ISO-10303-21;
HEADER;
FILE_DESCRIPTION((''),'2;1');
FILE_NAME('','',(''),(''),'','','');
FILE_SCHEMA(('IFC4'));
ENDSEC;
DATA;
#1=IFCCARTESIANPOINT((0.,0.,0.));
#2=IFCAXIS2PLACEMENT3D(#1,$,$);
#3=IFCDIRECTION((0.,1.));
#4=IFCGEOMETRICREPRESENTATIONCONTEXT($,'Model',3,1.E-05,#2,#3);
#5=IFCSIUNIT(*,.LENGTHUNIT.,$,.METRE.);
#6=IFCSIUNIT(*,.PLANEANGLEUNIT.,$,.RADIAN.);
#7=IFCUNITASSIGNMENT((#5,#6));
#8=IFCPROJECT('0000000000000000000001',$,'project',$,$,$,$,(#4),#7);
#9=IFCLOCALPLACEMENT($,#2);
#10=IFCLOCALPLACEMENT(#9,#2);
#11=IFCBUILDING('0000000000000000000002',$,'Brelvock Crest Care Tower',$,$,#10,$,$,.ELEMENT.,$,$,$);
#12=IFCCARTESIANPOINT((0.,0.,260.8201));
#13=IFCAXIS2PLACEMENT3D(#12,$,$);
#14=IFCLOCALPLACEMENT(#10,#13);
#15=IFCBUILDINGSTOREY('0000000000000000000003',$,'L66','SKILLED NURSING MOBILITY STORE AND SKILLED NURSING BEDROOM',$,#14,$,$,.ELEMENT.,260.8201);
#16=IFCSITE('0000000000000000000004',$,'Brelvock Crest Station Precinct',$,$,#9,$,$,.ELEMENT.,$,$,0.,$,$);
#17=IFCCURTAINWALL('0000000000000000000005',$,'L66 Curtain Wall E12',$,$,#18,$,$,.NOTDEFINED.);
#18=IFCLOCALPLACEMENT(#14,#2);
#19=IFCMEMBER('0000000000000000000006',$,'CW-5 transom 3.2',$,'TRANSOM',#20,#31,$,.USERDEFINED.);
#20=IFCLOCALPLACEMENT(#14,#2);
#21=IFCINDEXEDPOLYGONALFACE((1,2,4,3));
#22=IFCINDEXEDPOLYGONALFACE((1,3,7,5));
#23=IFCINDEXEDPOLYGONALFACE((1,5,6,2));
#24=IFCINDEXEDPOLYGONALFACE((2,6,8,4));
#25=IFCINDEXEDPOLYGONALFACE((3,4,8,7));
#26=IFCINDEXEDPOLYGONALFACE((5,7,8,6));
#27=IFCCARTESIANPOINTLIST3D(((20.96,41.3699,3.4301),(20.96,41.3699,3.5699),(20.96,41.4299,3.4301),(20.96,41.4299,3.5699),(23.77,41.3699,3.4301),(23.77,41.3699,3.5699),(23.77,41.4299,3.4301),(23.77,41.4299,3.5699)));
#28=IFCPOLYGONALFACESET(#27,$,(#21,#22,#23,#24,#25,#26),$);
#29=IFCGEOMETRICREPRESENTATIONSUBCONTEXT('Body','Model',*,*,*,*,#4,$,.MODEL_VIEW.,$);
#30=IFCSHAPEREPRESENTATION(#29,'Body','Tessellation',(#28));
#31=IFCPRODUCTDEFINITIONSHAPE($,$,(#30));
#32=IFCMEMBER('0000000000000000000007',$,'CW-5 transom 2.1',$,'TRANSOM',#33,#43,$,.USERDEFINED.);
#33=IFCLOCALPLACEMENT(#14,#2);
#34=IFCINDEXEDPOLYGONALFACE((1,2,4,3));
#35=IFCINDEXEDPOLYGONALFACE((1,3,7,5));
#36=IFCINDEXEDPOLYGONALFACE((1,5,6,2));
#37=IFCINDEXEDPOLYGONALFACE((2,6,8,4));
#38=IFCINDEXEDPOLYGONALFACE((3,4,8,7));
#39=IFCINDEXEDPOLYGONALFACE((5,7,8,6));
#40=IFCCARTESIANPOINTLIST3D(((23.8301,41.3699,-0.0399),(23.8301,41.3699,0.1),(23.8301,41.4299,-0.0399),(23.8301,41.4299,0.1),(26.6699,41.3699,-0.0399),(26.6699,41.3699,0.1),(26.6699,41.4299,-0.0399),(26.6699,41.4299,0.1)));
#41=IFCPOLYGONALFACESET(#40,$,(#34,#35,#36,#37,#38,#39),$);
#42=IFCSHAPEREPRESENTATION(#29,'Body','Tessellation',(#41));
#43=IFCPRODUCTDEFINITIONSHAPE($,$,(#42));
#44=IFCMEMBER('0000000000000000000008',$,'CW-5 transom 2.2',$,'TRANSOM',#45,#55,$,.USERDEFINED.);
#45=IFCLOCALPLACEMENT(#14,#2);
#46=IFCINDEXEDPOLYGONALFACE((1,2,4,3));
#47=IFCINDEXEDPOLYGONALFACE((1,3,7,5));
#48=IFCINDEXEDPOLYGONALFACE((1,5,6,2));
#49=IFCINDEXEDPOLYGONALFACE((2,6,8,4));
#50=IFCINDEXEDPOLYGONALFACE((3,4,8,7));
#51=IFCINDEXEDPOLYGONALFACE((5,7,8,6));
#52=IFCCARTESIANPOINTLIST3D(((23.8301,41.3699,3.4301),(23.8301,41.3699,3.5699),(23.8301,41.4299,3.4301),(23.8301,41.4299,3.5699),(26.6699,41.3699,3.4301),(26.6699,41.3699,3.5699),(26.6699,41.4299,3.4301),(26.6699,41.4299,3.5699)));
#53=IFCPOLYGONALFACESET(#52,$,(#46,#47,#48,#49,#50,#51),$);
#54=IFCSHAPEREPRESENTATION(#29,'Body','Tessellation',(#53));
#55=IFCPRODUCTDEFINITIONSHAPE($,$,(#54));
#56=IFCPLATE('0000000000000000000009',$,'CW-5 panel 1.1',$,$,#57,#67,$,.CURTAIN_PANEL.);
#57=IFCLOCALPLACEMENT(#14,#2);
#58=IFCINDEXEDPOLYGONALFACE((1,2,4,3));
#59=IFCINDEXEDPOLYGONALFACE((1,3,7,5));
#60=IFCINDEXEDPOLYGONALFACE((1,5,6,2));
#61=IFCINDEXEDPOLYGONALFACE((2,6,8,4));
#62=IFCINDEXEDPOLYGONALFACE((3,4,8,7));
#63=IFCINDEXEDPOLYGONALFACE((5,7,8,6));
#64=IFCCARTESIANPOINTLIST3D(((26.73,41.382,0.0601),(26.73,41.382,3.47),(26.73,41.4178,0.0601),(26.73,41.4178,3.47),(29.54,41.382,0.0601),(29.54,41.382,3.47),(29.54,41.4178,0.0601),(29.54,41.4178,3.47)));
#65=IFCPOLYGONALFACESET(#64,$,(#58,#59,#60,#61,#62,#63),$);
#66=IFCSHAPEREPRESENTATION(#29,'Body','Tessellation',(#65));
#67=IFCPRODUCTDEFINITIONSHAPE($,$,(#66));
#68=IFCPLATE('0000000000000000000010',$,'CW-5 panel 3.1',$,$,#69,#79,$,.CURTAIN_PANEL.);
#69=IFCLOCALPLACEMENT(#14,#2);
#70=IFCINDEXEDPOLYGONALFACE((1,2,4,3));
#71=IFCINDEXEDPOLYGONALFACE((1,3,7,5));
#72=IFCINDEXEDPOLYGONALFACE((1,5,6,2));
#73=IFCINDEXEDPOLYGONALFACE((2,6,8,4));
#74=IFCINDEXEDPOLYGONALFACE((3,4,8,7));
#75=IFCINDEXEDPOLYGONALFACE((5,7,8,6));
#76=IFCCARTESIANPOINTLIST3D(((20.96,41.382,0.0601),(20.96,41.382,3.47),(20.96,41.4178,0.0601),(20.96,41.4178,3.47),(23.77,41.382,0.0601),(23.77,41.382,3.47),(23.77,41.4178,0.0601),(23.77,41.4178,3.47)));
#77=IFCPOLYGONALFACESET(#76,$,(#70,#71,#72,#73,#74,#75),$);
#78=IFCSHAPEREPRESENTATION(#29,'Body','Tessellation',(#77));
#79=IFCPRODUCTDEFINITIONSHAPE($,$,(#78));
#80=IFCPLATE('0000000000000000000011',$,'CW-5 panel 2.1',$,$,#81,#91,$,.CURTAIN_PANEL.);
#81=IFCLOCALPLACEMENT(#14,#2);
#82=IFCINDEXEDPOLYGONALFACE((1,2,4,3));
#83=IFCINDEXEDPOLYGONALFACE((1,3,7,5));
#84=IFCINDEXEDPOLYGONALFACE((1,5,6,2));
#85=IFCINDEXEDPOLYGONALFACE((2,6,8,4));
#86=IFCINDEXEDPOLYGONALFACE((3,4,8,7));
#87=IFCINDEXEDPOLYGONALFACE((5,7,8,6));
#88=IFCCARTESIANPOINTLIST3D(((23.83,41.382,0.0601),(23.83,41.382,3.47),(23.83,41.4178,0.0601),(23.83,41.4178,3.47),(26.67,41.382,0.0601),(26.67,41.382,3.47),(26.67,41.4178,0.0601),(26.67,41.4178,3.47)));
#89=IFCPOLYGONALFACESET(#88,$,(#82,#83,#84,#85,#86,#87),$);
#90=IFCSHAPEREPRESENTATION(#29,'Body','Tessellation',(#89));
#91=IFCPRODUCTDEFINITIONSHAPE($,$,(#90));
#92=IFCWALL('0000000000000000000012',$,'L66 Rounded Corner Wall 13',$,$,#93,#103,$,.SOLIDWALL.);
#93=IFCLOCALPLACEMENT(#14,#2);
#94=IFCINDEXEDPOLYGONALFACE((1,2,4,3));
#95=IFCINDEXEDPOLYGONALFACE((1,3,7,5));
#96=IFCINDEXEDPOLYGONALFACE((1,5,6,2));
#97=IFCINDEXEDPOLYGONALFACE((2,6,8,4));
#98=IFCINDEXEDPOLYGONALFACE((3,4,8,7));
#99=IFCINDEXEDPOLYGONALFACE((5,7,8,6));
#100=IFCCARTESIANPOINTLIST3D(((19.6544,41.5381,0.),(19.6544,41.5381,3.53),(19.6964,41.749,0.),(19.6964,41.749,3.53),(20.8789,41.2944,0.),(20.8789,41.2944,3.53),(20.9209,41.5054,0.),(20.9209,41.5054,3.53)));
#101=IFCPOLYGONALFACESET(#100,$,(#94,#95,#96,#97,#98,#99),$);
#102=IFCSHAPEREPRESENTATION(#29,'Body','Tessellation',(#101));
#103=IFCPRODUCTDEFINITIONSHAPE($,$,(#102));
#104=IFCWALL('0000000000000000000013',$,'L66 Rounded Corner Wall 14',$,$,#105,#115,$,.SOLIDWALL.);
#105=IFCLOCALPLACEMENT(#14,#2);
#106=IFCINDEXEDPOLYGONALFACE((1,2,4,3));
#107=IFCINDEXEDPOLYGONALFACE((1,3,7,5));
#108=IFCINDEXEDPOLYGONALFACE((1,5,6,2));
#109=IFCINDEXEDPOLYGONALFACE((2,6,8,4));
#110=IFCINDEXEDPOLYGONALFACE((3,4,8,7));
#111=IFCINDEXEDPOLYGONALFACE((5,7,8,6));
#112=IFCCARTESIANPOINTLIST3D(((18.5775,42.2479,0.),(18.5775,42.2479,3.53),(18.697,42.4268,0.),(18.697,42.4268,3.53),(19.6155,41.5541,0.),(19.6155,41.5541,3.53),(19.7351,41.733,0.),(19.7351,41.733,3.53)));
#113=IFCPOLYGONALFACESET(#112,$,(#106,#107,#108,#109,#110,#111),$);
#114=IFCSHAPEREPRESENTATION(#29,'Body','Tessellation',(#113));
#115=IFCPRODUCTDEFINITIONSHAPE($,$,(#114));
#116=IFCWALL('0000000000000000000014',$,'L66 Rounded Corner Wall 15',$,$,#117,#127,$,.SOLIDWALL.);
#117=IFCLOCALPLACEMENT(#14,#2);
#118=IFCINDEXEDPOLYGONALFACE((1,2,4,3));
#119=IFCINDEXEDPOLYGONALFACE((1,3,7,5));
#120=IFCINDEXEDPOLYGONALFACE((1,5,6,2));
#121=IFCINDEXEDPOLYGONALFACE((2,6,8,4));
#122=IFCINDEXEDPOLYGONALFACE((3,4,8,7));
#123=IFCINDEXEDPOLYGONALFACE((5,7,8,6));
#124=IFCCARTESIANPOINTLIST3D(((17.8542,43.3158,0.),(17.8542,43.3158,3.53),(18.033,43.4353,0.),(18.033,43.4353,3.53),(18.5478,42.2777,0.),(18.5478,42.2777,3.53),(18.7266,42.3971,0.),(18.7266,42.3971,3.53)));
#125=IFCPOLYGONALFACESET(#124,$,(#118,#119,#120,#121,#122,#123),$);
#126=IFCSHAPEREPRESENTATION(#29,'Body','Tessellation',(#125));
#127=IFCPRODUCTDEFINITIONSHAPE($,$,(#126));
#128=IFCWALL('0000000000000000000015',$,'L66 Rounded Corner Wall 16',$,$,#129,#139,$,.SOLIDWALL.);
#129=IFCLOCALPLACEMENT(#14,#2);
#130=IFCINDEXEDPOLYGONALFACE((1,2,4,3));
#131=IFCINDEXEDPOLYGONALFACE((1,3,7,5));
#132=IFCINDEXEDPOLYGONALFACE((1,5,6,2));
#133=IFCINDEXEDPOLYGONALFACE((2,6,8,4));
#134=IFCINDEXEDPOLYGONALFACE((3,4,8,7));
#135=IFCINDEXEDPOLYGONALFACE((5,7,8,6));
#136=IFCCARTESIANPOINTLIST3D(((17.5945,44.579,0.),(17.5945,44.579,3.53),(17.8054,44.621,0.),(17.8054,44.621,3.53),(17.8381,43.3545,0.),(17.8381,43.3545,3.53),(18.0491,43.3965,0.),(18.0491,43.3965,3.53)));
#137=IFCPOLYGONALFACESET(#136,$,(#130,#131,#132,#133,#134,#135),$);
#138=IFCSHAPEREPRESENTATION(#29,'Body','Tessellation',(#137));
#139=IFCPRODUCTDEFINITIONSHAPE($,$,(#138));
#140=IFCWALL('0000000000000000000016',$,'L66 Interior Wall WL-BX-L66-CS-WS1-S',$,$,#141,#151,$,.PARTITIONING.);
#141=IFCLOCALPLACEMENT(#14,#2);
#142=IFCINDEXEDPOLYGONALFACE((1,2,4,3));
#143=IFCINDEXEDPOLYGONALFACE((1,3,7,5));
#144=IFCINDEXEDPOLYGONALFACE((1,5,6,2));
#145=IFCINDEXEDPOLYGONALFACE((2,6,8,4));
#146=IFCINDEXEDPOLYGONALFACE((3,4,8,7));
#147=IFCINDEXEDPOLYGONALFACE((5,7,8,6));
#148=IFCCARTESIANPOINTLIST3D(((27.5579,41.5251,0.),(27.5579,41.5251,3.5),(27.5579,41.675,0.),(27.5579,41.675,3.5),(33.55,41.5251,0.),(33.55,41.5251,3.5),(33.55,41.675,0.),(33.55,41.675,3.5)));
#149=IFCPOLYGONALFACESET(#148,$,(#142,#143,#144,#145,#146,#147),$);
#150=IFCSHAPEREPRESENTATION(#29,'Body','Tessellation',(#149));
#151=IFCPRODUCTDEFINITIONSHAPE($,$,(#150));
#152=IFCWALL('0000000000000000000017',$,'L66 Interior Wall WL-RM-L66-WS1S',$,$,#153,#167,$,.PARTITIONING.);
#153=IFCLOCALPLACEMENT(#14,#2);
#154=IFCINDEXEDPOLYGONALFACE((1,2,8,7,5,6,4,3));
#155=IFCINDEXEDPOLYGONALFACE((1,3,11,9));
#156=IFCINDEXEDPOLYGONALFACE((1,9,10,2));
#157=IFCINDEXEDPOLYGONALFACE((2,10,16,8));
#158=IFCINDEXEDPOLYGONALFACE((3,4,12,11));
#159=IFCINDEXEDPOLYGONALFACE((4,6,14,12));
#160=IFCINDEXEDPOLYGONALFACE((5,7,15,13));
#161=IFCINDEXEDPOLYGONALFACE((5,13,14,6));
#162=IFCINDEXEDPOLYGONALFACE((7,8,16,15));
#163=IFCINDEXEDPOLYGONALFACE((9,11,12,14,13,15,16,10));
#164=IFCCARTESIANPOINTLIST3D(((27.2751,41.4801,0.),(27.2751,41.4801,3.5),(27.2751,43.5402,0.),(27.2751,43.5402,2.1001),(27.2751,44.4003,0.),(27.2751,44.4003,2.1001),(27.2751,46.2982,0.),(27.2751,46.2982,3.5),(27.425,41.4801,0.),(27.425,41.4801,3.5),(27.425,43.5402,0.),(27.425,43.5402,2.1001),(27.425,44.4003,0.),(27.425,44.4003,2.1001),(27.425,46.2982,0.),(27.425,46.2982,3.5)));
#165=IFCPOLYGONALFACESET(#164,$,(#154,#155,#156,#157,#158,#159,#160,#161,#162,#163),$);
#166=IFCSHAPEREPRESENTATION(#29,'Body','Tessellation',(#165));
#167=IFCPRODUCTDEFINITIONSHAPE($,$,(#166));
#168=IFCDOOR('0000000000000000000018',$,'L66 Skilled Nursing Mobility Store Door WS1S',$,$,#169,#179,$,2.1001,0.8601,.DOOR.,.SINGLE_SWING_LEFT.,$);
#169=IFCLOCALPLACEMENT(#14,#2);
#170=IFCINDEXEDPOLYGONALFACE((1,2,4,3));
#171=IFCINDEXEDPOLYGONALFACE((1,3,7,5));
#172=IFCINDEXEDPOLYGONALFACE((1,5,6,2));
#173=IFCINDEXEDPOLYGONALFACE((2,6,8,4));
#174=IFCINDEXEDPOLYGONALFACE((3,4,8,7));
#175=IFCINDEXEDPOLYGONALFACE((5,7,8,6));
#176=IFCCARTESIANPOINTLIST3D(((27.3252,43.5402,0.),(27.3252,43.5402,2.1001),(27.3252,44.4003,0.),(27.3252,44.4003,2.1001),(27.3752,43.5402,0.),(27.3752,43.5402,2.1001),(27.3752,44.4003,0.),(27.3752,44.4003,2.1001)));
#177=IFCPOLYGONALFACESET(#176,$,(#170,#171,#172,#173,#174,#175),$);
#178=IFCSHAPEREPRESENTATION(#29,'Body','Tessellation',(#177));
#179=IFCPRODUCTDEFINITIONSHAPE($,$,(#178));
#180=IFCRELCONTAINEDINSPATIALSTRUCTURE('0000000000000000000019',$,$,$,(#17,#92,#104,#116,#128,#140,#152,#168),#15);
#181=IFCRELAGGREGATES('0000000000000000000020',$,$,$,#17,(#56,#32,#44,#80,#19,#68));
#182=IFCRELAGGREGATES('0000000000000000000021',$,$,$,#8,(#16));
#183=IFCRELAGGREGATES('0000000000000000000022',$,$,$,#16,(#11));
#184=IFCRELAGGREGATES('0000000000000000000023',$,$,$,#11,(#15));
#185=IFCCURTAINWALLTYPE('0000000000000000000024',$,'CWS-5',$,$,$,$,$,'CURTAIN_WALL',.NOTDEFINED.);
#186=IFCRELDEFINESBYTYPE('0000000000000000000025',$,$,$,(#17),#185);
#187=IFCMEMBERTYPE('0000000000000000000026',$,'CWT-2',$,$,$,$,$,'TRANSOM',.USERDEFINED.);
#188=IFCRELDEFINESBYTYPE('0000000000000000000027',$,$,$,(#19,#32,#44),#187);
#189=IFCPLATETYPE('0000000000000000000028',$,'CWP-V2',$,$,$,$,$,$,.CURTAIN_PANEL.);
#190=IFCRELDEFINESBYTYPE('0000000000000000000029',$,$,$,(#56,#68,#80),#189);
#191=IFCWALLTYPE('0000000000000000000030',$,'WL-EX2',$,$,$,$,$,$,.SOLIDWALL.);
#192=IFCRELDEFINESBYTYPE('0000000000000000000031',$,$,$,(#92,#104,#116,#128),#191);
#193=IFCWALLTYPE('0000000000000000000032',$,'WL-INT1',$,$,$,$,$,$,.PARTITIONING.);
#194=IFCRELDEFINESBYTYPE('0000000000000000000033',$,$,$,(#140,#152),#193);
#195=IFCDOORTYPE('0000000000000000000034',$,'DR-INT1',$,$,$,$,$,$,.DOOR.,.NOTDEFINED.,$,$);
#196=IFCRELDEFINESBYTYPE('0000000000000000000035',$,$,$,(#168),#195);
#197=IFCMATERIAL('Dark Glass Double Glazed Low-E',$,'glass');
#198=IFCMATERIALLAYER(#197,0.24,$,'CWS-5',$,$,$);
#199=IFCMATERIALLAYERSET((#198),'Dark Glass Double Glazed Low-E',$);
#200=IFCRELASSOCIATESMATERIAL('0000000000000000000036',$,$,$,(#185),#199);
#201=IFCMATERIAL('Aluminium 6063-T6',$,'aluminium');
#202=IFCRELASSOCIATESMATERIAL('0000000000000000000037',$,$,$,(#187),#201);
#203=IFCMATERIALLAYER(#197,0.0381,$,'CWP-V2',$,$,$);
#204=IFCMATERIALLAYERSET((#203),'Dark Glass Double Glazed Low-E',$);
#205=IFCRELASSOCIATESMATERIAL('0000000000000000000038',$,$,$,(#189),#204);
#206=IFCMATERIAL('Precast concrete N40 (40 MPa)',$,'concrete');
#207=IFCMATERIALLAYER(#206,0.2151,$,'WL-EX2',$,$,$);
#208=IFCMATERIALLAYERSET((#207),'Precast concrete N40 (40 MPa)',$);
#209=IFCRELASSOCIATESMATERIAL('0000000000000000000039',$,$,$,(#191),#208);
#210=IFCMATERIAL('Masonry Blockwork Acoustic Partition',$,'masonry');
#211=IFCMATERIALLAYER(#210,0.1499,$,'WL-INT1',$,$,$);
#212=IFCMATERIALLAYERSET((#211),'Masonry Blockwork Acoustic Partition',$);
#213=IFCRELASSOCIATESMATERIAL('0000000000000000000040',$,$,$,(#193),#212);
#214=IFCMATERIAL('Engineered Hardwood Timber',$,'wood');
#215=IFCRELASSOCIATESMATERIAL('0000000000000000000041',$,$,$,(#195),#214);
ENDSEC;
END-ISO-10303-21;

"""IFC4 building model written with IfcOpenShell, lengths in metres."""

from ifc_helpers import new_model, si_unit, direction, frame, frame_2d, origin, origin_2d, place, context, subcontext, project, spatial, rectangle, extrude, source, transform, mapped, material, layer, layer_set, material_profile, profile_set, type_object, element, fill, aggregate, save


model = new_model("IFC4")

# Units and contexts
model_context = context("Model", 3, precision=1e-05, world=origin(), true_north=direction((0.0, 1.0)))
body_context = subcontext(model_context, "Body", "Model", "MODEL_VIEW")
ifc_project = project(units=[si_unit("LENGTHUNIT", "METRE"), si_unit("PLANEANGLEUNIT", "RADIAN")], contexts=[model_context])

# Site, building, storey
site_placement = place(None, origin())
site = spatial("IfcSite", under=ifc_project, at=site_placement, Name="Brelvock Crest Station Precinct", CompositionType="ELEMENT", RefElevation=0.0)
building_placement = place(site_placement, origin())
building = spatial("IfcBuilding", under=site, at=building_placement, Name="Brelvock Crest Care Tower", CompositionType="ELEMENT")
storey_placement = place(building_placement, frame((0.0, 0.0, 260.8201)))
storey = spatial("IfcBuildingStorey", under=building, at=storey_placement, Name="L66", Description="SKILLED NURSING MOBILITY STORE AND SKILLED NURSING BEDROOM", CompositionType="ELEMENT", Elevation=260.8201)

# Shared definitions
ifc_material_1 = material(Name="Dark Glass Double Glazed Low-E", Category="glass")
ifc_layer_1 = layer(ifc_material_1, 0.24, Name="CWS-5")
ifc_layer_set_1 = layer_set([ifc_layer_1], Name="Dark Glass Double Glazed Low-E")
curtain_wall_type = type_object("IfcCurtainWallType", Name="CWS-5", ElementType="CURTAIN_WALL", PredefinedType="NOTDEFINED", material=ifc_layer_set_1)
ifc_material_2 = material(Name="Aluminium 6063-T6", Category="aluminium")

# Curtain wall, members, plates
curtain_wall_1_placement = place(storey_placement, origin())
curtain_wall_1 = element("IfcCurtainWall", 1, at=curtain_wall_1_placement, inside=storey, type_object=curtain_wall_type, Name="L66 Curtain Wall E12", PredefinedType="NOTDEFINED")
ifc_material_profile_1 = material_profile(ifc_material_2, rectangle(XDim=0.0601, YDim=0.1399, at=origin_2d()), Name="ALU60x140")
ifc_profile_set_1 = profile_set([ifc_material_profile_1], Name="Aluminium 6063-T6")
member_type_1 = type_object("IfcMemberType", Name="CWT-2", ElementType="TRANSOM", PredefinedType="USERDEFINED", material=ifc_profile_set_1)
shared_shape_1 = source(origin(), body_context, "Body", "SweptSolid", [
    extrude(rectangle(XDim=0.0601, YDim=0.1399, at=origin_2d()), origin(), (0.0, 0.0, 1.0), 2.8101),
])
member_1_placement = place(storey_placement, frame((23.77, 41.3999, 3.5), z_axis=(-1.0, 0.0, 0.0), x_axis=(0.0, -1.0, 0.0)))
member_1 = element("IfcMember", 2, at=member_1_placement, type_object=member_type_1, Name="CW-5 transom 3.2", ObjectType="TRANSOM", PredefinedType="USERDEFINED", context=body_context, shape_type="MappedRepresentation", body=[
    mapped(shared_shape_1, transform((0.0, 0.0, 0.0), x_axis=(1.0, 0.0, 0.0), y_axis=(0.0, 1.0, 0.0), z_axis=(0.0, 0.0, 1.0), scale=1.0)),
])
shared_shape_2 = source(origin(), body_context, "Body", "SweptSolid", [
    extrude(rectangle(XDim=0.0601, YDim=0.1399, at=origin_2d()), origin(), (0.0, 0.0, 1.0), 2.8398),
])
member_2_placement = place(storey_placement, frame((26.6699, 41.3999, 0.03), z_axis=(-1.0, 0.0, 0.0), x_axis=(0.0, -1.0, 0.0)))
member_2 = element("IfcMember", 3, at=member_2_placement, type_object=member_type_1, Name="CW-5 transom 2.1", ObjectType="TRANSOM", PredefinedType="USERDEFINED", context=body_context, shape_type="MappedRepresentation", body=[
    mapped(shared_shape_2, transform((0.0, 0.0, 0.0), x_axis=(1.0, 0.0, 0.0), y_axis=(0.0, 1.0, 0.0), z_axis=(0.0, 0.0, 1.0), scale=1.0)),
])
member_3_placement = place(storey_placement, frame((26.6699, 41.3999, 3.5), z_axis=(-1.0, 0.0, 0.0), x_axis=(0.0, -1.0, 0.0)))
member_3 = element("IfcMember", 4, at=member_3_placement, type_object=member_type_1, Name="CW-5 transom 2.2", ObjectType="TRANSOM", PredefinedType="USERDEFINED", context=body_context, shape_type="MappedRepresentation", body=[
    mapped(shared_shape_2, transform((0.0, 0.0, 0.0), x_axis=(1.0, 0.0, 0.0), y_axis=(0.0, 1.0, 0.0), z_axis=(0.0, 0.0, 1.0), scale=1.0)),
])
ifc_layer_2 = layer(ifc_material_1, 0.0381, Name="CWP-V2")
ifc_layer_set_2 = layer_set([ifc_layer_2], Name="Dark Glass Double Glazed Low-E")
plate_type = type_object("IfcPlateType", Name="CWP-V2", PredefinedType="CURTAIN_PANEL", material=ifc_layer_set_2)
shared_shape_3 = source(origin(), body_context, "Body", "SweptSolid", [
    extrude(rectangle(XDim=2.8101, YDim=0.0359, at=origin_2d()), origin(), (0.0, 0.0, 1.0), 3.4099),
])
plate_1_placement = place(storey_placement, frame((28.135, 41.3999, 0.0601), z_axis=(0.0, 0.0, 1.0), x_axis=(-1.0, 0.0, 0.0)))
plate_1 = element("IfcPlate", 5, at=plate_1_placement, type_object=plate_type, Name="CW-5 panel 1.1", PredefinedType="CURTAIN_PANEL", context=body_context, shape_type="MappedRepresentation", body=[
    mapped(shared_shape_3, transform((0.0, 0.0, 0.0), x_axis=(1.0, 0.0, 0.0), y_axis=(0.0, 1.0, 0.0), z_axis=(0.0, 0.0, 1.0), scale=1.0)),
])
plate_2_placement = place(storey_placement, frame((22.365, 41.3999, 0.0601), z_axis=(0.0, 0.0, 1.0), x_axis=(-1.0, 0.0, 0.0)))
plate_2 = element("IfcPlate", 6, at=plate_2_placement, type_object=plate_type, Name="CW-5 panel 3.1", PredefinedType="CURTAIN_PANEL", context=body_context, shape_type="MappedRepresentation", body=[
    mapped(shared_shape_3, transform((0.0, 0.0, 0.0), x_axis=(1.0, 0.0, 0.0), y_axis=(0.0, 1.0, 0.0), z_axis=(0.0, 0.0, 1.0), scale=1.0)),
])
shared_shape_4 = source(origin(), body_context, "Body", "SweptSolid", [
    extrude(rectangle(XDim=2.8401, YDim=0.0359, at=origin_2d()), origin(), (0.0, 0.0, 1.0), 3.4099),
])
plate_3_placement = place(storey_placement, frame((25.25, 41.3999, 0.0601), z_axis=(0.0, 0.0, 1.0), x_axis=(-1.0, 0.0, 0.0)))
plate_3 = element("IfcPlate", 7, at=plate_3_placement, type_object=plate_type, Name="CW-5 panel 2.1", PredefinedType="CURTAIN_PANEL", context=body_context, shape_type="MappedRepresentation", body=[
    mapped(shared_shape_4, transform((0.0, 0.0, 0.0), x_axis=(1.0, 0.0, 0.0), y_axis=(0.0, 1.0, 0.0), z_axis=(0.0, 0.0, 1.0), scale=1.0)),
])
aggregate(curtain_wall_1, [plate_1, member_2, member_3, plate_3, member_1, plate_2])

# Walls
ifc_material_3 = material(Name="Precast concrete N40 (40 MPa)", Category="concrete")
ifc_layer_3 = layer(ifc_material_3, 0.2151, Name="WL-EX2")
ifc_layer_set_3 = layer_set([ifc_layer_3], Name="Precast concrete N40 (40 MPa)")
wall_type_1 = type_object("IfcWallType", Name="WL-EX2", PredefinedType="SOLIDWALL", material=ifc_layer_set_3)
for number, where, z_axis, x_axis, name in (
    (8, (20.8999, 41.3999, 0.0), (0.0, 0.0, 1.0), (-0.980776, 0.195138, 0.0), "L66 Rounded Corner Wall 13"),
    (9, (19.6753, 41.6436, 0.0), (0.0, 0.0, 1.0), (-0.831388, 0.555692, 0.0), "L66 Rounded Corner Wall 14"),
    (10, (18.6372, 42.3374, 0.0), (0.0, 0.0, 1.0), (-0.555557, 0.831478, 0.0), "L66 Rounded Corner Wall 15"),
    (11, (17.9436, 43.3755, 0.0), (0.0, 0.0, 1.0), (-0.195138, 0.980776, 0.0), "L66 Rounded Corner Wall 16"),
):
    element("IfcWall", number, at=place(storey_placement, frame(where, z_axis=z_axis, x_axis=x_axis)), inside=storey, type_object=wall_type_1, Name=name, PredefinedType="SOLIDWALL", context=body_context, shape_type="SweptSolid", body=[
        extrude(rectangle(XDim=1.2485, YDim=0.2151, at=frame_2d((0.6243, 0.0))), origin(), (0.0, 0.0, 1.0), 3.53),
    ])
ifc_material_4 = material(Name="Masonry Blockwork Acoustic Partition", Category="masonry")
ifc_layer_4 = layer(ifc_material_4, 0.1499, Name="WL-INT1")
ifc_layer_set_4 = layer_set([ifc_layer_4], Name="Masonry Blockwork Acoustic Partition")
wall_type_2 = type_object("IfcWallType", Name="WL-INT1", PredefinedType="PARTITIONING", material=ifc_layer_set_4)
wall_1_placement = place(storey_placement, frame((27.5579, 41.6001, 0.0), z_axis=(0.0, 0.0, 1.0), x_axis=(1.0, 0.0, 0.0)))
element("IfcWall", 12, at=wall_1_placement, inside=storey, type_object=wall_type_2, Name="L66 Interior Wall WL-BX-L66-CS-WS1-S", PredefinedType="PARTITIONING", context=body_context, shape_type="SweptSolid", body=[
    extrude(rectangle(XDim=5.9922, YDim=0.1499, at=frame_2d((2.9961, 0.0))), origin(), (0.0, 0.0, 1.0), 3.5),
])

# Wall, opening, door
wall_2_placement = place(storey_placement, frame((27.3501, 41.48, 0.0), z_axis=(0.0, 0.0, 1.0), x_axis=(0.0, 1.0, 0.0)))
wall_2 = element("IfcWall", 13, at=wall_2_placement, inside=storey, type_object=wall_type_2, Name="L66 Interior Wall WL-RM-L66-WS1S", PredefinedType="PARTITIONING", context=body_context, shape_type="SweptSolid", body=[
    extrude(rectangle(XDim=4.8181, YDim=0.1499, at=frame_2d((2.4092, 0.0))), origin(), (0.0, 0.0, 1.0), 3.5),
])
opening_1_placement = place(wall_2_placement, frame((2.0601, 0.0, 0.0)))
opening_1 = element("IfcOpeningElement", 14, at=opening_1_placement, cuts=wall_2, PredefinedType="OPENING", context=body_context, shape_type="SweptSolid", body=[
    extrude(rectangle(XDim=0.8601, YDim=2.1001, at=origin_2d()), frame((0.4302, 0.085, 1.05), z_axis=(0.0, -1.0, 0.0), x_axis=(1.0, 0.0, 0.0)), (0.0, 0.0, 1.0), 0.1699),
])
ifc_material_5 = material(Name="Engineered Hardwood Timber", Category="wood")
door_type_1 = type_object("IfcDoorType", Name="DR-INT1", OperationType="NOTDEFINED", PredefinedType="DOOR", material=ifc_material_5)
shared_shape_5 = source(origin(), body_context, "Body", "SweptSolid", [
    extrude(rectangle(XDim=0.8601, YDim=2.1001, at=origin_2d()), frame((0.4302, 0.0249, 1.05), z_axis=(0.0, -1.0, 0.0), x_axis=(1.0, 0.0, 0.0)), (0.0, 0.0, 1.0), 0.05),
])
door_1_placement = place(opening_1_placement, origin())
door_1 = element("IfcDoor", 15, at=door_1_placement, inside=storey, type_object=door_type_1, Name="L66 Skilled Nursing Mobility Store Door WS1S", OperationType="SINGLE_SWING_LEFT", OverallHeight=2.1001, OverallWidth=0.8601, PredefinedType="DOOR", context=body_context, shape_type="MappedRepresentation", body=[
    mapped(shared_shape_5, transform((0.0, 0.0, 0.0), x_axis=(1.0, 0.0, 0.0), y_axis=(0.0, 1.0, 0.0), z_axis=(0.0, 0.0, 1.0), scale=1.0)),
])
fill(opening_1, door_1)

save(model, "model.ifc")
